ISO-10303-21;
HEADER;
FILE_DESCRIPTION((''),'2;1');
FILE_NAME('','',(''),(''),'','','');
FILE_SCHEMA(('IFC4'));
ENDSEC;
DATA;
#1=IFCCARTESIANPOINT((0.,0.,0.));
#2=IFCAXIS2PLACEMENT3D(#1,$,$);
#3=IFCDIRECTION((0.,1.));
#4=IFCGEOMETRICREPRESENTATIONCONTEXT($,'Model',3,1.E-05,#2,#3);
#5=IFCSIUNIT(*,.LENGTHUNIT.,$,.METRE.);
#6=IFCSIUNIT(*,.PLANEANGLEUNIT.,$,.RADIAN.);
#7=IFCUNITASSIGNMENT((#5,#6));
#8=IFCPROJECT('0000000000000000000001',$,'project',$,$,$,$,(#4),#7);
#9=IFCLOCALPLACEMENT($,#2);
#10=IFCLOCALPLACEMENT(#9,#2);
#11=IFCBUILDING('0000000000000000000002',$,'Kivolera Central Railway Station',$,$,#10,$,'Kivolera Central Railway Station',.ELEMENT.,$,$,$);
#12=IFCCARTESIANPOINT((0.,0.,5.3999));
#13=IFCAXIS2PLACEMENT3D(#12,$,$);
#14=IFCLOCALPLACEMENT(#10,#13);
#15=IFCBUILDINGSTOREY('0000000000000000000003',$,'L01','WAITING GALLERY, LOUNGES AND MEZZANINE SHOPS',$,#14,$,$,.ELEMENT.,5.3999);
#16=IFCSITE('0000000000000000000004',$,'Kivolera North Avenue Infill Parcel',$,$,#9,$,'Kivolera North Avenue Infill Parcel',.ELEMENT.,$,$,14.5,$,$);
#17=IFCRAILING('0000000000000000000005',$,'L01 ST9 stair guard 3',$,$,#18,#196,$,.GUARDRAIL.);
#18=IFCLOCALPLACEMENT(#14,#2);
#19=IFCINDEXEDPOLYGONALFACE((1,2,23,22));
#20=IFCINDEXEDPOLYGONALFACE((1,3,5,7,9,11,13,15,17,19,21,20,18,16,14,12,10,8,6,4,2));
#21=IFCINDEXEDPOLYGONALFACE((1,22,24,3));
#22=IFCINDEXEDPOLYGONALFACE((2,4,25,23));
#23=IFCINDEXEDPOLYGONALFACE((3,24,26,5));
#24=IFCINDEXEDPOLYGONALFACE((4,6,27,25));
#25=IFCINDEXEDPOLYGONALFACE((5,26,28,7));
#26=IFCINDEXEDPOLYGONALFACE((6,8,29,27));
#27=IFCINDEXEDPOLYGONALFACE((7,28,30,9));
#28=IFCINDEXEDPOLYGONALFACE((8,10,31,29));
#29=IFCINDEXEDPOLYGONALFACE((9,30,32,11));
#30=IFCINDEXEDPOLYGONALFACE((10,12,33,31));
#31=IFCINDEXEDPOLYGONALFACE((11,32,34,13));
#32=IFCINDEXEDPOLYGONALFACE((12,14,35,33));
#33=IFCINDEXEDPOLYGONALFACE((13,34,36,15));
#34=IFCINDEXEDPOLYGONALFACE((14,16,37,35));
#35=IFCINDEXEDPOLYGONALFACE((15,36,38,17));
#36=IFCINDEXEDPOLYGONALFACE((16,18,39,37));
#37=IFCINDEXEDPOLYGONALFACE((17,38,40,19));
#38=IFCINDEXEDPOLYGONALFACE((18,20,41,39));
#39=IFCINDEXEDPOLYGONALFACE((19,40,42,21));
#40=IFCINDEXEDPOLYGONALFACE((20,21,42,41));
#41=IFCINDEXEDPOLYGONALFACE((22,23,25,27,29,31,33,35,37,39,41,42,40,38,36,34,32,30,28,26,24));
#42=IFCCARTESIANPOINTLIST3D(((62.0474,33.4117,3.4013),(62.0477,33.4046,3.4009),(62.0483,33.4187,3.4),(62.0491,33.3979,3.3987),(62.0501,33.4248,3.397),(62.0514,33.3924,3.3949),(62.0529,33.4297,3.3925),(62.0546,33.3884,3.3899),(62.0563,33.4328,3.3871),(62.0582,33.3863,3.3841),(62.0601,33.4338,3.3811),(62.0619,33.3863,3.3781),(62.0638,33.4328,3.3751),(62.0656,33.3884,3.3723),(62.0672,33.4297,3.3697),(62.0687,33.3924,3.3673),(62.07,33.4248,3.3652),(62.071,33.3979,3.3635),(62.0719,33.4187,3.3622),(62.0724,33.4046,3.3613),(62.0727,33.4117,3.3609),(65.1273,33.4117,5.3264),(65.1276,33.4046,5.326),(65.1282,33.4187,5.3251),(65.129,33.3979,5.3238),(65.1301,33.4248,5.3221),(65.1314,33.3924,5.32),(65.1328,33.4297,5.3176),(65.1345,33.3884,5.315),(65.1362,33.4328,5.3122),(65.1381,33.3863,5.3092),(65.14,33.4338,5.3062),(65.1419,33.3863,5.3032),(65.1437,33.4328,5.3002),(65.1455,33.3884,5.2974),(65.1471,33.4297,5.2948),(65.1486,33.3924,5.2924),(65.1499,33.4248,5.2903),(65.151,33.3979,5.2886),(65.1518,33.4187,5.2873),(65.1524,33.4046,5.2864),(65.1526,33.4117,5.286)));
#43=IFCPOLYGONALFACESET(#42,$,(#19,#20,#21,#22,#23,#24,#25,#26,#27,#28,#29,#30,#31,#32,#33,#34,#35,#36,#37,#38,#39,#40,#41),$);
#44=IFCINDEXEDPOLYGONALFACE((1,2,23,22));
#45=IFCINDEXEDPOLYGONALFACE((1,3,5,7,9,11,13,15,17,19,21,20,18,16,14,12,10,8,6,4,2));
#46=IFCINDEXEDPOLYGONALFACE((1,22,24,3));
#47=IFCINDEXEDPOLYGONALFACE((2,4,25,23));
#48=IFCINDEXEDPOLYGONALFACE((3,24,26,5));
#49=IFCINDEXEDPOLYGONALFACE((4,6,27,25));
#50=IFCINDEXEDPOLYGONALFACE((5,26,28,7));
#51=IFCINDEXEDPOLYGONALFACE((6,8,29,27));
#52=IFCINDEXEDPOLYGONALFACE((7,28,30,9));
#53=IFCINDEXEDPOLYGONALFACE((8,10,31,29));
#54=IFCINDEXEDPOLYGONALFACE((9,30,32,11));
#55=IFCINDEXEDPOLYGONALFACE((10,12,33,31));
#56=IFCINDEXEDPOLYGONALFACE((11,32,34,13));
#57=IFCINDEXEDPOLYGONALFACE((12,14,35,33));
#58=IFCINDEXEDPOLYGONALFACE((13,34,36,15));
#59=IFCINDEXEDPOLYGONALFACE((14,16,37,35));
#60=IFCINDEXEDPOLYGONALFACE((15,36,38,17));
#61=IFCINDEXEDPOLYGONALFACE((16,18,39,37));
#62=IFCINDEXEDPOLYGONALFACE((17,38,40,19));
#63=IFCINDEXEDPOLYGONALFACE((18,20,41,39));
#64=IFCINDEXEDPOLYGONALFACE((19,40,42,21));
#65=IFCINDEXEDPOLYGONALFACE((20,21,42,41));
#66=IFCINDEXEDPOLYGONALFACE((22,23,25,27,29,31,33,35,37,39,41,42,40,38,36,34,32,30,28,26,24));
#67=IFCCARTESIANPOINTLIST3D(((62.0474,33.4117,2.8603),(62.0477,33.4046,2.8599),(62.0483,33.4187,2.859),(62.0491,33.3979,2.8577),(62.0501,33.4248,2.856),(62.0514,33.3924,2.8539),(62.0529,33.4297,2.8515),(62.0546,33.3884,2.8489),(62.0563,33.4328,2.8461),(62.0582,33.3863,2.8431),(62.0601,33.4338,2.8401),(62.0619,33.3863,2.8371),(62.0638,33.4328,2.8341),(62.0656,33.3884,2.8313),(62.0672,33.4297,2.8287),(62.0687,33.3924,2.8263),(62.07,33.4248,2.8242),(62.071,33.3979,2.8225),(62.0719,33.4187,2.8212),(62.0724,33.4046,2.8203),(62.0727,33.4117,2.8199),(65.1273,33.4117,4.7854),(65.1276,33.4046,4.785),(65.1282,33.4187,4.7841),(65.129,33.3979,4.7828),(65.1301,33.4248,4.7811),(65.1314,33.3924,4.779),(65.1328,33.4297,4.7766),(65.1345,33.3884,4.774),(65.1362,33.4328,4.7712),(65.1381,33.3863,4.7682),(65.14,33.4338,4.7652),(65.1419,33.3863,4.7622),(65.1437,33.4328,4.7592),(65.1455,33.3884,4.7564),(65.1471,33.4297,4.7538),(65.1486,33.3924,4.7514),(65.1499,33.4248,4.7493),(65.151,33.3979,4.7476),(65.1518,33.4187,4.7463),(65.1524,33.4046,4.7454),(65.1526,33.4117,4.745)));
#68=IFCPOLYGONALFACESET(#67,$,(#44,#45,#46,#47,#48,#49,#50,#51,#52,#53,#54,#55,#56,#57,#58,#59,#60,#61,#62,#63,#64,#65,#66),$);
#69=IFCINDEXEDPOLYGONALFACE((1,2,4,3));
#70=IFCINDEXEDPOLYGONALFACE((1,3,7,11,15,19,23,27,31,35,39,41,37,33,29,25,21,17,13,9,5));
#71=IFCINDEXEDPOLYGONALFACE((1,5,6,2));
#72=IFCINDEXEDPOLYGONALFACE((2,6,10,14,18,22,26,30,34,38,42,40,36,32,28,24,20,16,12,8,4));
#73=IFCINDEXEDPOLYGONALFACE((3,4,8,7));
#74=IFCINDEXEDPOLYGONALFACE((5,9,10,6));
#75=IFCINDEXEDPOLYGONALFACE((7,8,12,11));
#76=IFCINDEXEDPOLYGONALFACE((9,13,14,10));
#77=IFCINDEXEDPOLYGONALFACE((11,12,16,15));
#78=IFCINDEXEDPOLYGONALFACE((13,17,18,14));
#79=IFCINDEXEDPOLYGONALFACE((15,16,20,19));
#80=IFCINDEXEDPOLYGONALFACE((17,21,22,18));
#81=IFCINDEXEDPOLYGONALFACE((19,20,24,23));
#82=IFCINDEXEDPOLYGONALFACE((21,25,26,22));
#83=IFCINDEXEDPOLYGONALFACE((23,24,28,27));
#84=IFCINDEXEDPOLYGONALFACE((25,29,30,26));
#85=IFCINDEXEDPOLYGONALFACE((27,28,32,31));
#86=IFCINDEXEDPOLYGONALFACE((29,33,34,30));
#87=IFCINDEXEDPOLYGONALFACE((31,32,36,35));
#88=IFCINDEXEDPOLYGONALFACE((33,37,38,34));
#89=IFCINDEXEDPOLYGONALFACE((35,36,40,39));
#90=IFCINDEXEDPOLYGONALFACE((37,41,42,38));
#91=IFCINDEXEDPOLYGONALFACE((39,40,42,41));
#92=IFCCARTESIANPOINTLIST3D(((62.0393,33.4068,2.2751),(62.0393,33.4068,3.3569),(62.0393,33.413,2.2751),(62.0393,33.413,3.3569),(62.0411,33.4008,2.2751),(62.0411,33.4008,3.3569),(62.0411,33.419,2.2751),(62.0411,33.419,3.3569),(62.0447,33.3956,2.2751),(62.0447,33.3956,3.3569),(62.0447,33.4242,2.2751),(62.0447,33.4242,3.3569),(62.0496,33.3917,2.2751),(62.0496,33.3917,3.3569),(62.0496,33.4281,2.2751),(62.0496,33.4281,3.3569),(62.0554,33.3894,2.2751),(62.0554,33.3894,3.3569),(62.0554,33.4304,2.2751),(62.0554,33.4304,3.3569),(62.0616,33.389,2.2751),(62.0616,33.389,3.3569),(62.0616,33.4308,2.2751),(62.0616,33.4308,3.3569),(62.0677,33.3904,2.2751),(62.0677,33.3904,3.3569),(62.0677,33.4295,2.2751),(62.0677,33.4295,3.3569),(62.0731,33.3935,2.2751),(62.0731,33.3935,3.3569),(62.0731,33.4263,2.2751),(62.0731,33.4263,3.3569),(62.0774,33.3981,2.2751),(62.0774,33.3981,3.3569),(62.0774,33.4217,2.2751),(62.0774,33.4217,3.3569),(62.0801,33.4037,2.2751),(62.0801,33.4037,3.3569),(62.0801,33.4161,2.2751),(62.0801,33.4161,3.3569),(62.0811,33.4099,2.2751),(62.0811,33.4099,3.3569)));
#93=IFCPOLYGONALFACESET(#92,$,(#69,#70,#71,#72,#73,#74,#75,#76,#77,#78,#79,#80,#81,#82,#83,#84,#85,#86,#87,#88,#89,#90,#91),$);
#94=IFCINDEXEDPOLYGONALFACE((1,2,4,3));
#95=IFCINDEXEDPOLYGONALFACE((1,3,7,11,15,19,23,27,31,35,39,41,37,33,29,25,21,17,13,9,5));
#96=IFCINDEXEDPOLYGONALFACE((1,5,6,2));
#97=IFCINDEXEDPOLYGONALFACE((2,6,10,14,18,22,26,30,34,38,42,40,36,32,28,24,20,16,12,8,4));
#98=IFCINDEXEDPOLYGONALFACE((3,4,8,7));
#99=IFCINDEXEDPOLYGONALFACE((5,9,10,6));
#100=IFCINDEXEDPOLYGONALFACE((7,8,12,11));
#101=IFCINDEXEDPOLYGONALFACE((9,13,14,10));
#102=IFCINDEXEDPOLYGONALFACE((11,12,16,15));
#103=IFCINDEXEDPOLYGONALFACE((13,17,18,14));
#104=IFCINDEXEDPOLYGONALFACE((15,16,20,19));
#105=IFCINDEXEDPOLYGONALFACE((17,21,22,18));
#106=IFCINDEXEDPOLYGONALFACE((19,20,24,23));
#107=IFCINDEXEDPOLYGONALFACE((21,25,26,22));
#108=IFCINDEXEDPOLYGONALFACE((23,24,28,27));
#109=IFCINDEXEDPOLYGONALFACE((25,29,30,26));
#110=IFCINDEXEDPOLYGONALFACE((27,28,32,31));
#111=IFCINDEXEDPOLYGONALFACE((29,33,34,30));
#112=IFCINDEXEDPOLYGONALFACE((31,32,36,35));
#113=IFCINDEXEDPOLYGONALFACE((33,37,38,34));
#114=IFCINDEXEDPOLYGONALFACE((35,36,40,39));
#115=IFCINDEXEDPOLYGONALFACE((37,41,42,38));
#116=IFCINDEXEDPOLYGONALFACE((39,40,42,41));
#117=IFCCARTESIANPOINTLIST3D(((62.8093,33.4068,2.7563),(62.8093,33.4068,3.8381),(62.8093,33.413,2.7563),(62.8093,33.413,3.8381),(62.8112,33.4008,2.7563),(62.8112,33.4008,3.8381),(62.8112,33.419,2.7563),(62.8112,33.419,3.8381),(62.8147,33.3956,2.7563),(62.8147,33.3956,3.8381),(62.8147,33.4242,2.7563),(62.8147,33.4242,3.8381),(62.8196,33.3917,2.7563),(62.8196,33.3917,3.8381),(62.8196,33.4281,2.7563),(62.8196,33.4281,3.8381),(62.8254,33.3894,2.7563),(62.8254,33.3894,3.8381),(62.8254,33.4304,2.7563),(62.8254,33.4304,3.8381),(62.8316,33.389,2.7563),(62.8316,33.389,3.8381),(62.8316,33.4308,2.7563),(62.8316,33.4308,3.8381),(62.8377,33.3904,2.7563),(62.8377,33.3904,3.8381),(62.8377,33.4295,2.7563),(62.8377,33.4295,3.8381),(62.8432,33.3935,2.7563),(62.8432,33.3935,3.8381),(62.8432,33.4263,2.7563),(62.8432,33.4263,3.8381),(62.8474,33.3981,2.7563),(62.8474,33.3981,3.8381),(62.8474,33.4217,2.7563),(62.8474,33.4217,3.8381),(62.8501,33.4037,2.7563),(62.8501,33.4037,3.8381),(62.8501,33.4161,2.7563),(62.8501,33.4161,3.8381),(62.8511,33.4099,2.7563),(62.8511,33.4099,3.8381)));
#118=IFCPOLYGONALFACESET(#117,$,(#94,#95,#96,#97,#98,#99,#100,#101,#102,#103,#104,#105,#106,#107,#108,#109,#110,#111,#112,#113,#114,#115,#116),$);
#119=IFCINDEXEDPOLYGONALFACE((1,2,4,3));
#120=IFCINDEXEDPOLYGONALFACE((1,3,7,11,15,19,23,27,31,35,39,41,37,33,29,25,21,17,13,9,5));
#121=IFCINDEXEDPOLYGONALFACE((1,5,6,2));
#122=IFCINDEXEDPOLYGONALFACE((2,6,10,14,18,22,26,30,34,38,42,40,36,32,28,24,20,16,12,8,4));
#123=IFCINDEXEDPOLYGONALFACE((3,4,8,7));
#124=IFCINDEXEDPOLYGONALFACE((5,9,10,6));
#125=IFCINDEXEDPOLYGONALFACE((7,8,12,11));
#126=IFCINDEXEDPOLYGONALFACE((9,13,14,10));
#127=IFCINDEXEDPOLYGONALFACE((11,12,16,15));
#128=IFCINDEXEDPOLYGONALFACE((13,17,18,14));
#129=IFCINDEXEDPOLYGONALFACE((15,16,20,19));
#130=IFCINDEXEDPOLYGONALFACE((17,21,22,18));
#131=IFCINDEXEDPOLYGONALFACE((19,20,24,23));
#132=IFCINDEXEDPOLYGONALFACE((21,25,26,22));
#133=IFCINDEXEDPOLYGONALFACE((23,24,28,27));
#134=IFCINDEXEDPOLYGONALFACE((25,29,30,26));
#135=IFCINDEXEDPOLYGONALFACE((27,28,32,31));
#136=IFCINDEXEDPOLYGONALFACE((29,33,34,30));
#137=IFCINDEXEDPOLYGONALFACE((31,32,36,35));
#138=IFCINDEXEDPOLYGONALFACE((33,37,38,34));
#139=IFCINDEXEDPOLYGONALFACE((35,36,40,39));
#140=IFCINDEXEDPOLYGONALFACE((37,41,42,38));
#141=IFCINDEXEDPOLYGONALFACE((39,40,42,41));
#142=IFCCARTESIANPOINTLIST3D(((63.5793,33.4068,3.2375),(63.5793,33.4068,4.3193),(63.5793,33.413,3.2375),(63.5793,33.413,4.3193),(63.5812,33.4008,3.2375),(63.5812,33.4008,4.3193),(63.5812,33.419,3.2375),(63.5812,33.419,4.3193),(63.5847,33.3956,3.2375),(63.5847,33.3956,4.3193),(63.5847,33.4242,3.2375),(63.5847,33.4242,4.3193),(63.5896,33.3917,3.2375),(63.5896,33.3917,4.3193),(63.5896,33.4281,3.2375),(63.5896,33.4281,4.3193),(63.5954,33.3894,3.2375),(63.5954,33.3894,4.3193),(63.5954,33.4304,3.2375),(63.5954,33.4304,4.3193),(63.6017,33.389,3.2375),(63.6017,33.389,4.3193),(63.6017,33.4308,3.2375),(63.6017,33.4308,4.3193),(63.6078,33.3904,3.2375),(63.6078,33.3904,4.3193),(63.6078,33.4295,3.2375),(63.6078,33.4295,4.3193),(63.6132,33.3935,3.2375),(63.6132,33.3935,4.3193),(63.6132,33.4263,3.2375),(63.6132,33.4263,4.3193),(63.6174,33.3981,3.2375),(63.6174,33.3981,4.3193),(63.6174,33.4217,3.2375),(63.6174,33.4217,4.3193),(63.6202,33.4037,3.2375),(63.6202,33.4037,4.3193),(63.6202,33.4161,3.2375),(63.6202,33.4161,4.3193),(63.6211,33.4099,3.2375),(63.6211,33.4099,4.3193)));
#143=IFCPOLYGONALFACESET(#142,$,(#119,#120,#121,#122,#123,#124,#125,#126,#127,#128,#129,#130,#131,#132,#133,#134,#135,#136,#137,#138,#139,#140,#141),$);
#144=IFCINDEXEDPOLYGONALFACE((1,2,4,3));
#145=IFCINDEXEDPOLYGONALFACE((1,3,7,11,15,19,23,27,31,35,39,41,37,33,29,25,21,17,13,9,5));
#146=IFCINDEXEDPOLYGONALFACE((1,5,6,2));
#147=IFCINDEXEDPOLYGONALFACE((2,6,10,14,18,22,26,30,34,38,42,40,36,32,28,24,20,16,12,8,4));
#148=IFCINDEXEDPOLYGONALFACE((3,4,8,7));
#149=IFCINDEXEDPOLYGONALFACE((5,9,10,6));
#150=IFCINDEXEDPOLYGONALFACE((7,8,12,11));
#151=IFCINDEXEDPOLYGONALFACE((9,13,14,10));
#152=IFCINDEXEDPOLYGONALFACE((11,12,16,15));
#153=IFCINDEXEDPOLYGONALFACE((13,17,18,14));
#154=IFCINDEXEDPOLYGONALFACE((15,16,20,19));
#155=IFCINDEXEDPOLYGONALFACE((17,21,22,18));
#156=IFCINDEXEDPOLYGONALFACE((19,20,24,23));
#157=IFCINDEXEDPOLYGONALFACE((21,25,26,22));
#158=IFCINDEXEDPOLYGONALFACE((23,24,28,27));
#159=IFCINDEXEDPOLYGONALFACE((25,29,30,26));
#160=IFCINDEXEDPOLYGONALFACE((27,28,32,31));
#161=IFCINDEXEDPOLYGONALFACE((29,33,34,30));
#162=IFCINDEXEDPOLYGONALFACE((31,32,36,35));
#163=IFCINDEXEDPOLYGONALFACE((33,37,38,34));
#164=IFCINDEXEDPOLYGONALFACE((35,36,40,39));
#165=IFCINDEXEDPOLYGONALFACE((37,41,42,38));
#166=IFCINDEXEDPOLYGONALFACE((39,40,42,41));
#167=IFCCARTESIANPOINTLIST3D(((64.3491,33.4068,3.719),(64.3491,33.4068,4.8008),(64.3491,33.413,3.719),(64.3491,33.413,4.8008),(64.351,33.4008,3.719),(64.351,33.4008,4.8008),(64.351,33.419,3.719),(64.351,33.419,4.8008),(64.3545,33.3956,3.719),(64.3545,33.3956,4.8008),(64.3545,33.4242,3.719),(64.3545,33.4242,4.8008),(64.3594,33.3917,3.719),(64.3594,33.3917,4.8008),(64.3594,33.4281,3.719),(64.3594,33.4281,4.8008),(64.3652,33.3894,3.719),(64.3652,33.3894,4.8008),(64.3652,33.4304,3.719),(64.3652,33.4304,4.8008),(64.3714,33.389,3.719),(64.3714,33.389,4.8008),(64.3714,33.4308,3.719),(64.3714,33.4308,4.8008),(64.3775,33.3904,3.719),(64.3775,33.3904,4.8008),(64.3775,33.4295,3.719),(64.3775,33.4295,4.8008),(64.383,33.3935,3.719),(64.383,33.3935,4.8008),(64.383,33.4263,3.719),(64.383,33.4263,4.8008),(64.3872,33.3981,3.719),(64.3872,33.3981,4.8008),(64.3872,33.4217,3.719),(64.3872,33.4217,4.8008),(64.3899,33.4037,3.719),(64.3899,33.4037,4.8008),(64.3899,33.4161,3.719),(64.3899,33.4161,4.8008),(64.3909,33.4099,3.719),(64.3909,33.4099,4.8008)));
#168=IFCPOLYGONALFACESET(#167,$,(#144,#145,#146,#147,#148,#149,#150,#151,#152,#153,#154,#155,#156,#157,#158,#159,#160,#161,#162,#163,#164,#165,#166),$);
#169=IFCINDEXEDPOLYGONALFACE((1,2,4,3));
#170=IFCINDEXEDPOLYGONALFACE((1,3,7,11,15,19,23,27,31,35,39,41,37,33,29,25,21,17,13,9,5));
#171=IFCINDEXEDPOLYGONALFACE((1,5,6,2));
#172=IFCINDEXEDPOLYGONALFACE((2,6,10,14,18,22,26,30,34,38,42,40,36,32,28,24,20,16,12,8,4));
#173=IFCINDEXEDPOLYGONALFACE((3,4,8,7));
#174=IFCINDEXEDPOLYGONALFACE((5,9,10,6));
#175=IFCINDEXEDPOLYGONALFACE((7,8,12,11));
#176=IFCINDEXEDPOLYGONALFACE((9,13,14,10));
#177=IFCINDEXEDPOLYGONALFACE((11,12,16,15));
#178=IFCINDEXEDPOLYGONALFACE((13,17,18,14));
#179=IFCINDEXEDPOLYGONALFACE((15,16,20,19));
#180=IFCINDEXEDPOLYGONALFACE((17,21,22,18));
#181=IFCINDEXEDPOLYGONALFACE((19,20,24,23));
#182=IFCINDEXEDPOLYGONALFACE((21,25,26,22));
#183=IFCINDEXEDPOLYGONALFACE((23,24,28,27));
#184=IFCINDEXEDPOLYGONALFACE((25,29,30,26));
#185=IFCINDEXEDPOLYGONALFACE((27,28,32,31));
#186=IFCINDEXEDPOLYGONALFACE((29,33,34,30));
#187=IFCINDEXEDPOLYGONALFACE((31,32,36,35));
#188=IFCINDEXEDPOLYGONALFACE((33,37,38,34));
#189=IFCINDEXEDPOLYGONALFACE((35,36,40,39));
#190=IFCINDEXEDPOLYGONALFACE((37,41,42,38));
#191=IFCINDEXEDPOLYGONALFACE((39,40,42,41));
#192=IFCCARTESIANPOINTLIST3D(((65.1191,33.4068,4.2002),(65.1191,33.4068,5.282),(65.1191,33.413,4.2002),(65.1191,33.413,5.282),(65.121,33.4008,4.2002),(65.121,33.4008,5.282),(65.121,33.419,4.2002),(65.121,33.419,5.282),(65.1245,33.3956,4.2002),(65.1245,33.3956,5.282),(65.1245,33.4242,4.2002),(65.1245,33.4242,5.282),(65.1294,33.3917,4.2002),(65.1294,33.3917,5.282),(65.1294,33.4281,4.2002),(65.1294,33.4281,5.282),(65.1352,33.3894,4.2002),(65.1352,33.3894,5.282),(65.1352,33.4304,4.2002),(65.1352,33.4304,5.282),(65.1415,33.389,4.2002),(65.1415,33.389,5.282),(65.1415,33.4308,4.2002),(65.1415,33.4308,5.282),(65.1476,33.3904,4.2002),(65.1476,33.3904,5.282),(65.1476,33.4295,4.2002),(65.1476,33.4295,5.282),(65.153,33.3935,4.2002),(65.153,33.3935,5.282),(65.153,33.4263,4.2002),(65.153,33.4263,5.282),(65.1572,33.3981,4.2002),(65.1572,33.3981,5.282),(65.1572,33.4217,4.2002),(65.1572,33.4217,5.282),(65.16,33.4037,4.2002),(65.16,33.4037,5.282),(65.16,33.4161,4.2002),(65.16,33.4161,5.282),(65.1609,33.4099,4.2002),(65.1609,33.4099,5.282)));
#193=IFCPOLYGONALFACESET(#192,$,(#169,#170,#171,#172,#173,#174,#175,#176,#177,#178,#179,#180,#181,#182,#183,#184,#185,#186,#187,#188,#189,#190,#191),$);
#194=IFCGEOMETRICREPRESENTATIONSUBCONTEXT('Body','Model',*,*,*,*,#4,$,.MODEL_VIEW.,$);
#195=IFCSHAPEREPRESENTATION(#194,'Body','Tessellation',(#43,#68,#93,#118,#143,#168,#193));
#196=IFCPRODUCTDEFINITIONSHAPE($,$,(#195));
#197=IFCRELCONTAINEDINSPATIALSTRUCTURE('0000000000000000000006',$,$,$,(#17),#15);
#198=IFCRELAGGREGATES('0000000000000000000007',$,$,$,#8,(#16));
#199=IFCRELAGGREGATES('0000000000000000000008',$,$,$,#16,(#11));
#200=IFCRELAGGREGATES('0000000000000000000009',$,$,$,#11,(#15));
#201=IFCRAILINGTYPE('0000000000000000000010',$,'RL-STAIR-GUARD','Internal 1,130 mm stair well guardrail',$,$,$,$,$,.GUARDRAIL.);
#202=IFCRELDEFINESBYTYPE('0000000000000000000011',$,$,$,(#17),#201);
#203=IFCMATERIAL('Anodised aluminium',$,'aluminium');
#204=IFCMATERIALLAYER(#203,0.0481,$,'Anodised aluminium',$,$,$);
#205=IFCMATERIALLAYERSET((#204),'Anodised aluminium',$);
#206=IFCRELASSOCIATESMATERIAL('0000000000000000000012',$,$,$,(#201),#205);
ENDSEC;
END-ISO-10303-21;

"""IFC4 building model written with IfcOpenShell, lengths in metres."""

from ifc_helpers import new_model, si_unit, direction, frame, origin, origin_2d, place, context, subcontext, project, spatial, circle, extrude, material, layer, layer_set, type_object, element, save


model = new_model("IFC4")

# Units and contexts
model_context = context("Model", 3, precision=1e-05, world=origin(), true_north=direction((0.0, 1.0)))
body_context = subcontext(model_context, "Body", "Model", "MODEL_VIEW")
ifc_project = project(units=[si_unit("LENGTHUNIT", "METRE"), si_unit("PLANEANGLEUNIT", "RADIAN")], contexts=[model_context])

# Site, building, storey
site_placement = place(None, origin())
site = spatial("IfcSite", under=ifc_project, at=site_placement, Name="Kivolera North Avenue Infill Parcel", LongName="Kivolera North Avenue Infill Parcel", CompositionType="ELEMENT", RefElevation=14.5)
building_placement = place(site_placement, origin())
building = spatial("IfcBuilding", under=site, at=building_placement, Name="Kivolera Central Railway Station", LongName="Kivolera Central Railway Station", CompositionType="ELEMENT")
storey_placement = place(building_placement, frame((0.0, 0.0, 5.3999)))
storey = spatial("IfcBuildingStorey", under=building, at=storey_placement, Name="L01", Description="WAITING GALLERY, LOUNGES AND MEZZANINE SHOPS", CompositionType="ELEMENT", Elevation=5.3999)

# Railing
ifc_material_1 = material(Name="Anodised aluminium", Category="aluminium")
ifc_layer_1 = layer(ifc_material_1, 0.0481, Name="Anodised aluminium")
ifc_layer_set_1 = layer_set([ifc_layer_1], Name="Anodised aluminium")
railing_type_1 = type_object("IfcRailingType", Name="RL-STAIR-GUARD", Description="Internal 1,130 mm stair well guardrail", PredefinedType="GUARDRAIL", material=ifc_layer_set_1)
railing_1_placement = place(storey_placement, frame((62.0601, 33.4099, 2.2751)))
element("IfcRailing", 1, at=railing_1_placement, inside=storey, type_object=railing_type_1, Name="L01 ST9 stair guard 3", PredefinedType="GUARDRAIL", context=body_context, shape_type="SweptSolid", body=[
    extrude(circle(Radius=0.0239, at=origin_2d()), frame((0.0, 0.0, 1.106), z_axis=(0.847979, 0.0, 0.530029), x_axis=(0.0, 1.0, 0.0)), (0.0, 0.0, 1.0), 3.6321),
    extrude(circle(Radius=0.0239, at=origin_2d()), frame((0.0, 0.0, 0.5649), z_axis=(0.847979, 0.0, 0.530029), x_axis=(0.0, 1.0, 0.0)), (0.0, 0.0, 1.0), 3.6321),
    extrude(circle(Radius=0.021, at=origin_2d()), origin(), (0.0, 0.0, 1.0), 1.0818),
    extrude(circle(Radius=0.021, at=origin_2d()), frame((0.77, 0.0, 0.4812)), (0.0, 0.0, 1.0), 1.0818),
    extrude(circle(Radius=0.021, at=origin_2d()), frame((1.54, 0.0, 0.9624)), (0.0, 0.0, 1.0), 1.0818),
    extrude(circle(Radius=0.021, at=origin_2d()), frame((2.3098, 0.0, 1.4438)), (0.0, 0.0, 1.0), 1.0818),
    extrude(circle(Radius=0.021, at=origin_2d()), frame((3.0798, 0.0, 1.925)), (0.0, 0.0, 1.0), 1.0818),
])

save(model, "model.ifc")
